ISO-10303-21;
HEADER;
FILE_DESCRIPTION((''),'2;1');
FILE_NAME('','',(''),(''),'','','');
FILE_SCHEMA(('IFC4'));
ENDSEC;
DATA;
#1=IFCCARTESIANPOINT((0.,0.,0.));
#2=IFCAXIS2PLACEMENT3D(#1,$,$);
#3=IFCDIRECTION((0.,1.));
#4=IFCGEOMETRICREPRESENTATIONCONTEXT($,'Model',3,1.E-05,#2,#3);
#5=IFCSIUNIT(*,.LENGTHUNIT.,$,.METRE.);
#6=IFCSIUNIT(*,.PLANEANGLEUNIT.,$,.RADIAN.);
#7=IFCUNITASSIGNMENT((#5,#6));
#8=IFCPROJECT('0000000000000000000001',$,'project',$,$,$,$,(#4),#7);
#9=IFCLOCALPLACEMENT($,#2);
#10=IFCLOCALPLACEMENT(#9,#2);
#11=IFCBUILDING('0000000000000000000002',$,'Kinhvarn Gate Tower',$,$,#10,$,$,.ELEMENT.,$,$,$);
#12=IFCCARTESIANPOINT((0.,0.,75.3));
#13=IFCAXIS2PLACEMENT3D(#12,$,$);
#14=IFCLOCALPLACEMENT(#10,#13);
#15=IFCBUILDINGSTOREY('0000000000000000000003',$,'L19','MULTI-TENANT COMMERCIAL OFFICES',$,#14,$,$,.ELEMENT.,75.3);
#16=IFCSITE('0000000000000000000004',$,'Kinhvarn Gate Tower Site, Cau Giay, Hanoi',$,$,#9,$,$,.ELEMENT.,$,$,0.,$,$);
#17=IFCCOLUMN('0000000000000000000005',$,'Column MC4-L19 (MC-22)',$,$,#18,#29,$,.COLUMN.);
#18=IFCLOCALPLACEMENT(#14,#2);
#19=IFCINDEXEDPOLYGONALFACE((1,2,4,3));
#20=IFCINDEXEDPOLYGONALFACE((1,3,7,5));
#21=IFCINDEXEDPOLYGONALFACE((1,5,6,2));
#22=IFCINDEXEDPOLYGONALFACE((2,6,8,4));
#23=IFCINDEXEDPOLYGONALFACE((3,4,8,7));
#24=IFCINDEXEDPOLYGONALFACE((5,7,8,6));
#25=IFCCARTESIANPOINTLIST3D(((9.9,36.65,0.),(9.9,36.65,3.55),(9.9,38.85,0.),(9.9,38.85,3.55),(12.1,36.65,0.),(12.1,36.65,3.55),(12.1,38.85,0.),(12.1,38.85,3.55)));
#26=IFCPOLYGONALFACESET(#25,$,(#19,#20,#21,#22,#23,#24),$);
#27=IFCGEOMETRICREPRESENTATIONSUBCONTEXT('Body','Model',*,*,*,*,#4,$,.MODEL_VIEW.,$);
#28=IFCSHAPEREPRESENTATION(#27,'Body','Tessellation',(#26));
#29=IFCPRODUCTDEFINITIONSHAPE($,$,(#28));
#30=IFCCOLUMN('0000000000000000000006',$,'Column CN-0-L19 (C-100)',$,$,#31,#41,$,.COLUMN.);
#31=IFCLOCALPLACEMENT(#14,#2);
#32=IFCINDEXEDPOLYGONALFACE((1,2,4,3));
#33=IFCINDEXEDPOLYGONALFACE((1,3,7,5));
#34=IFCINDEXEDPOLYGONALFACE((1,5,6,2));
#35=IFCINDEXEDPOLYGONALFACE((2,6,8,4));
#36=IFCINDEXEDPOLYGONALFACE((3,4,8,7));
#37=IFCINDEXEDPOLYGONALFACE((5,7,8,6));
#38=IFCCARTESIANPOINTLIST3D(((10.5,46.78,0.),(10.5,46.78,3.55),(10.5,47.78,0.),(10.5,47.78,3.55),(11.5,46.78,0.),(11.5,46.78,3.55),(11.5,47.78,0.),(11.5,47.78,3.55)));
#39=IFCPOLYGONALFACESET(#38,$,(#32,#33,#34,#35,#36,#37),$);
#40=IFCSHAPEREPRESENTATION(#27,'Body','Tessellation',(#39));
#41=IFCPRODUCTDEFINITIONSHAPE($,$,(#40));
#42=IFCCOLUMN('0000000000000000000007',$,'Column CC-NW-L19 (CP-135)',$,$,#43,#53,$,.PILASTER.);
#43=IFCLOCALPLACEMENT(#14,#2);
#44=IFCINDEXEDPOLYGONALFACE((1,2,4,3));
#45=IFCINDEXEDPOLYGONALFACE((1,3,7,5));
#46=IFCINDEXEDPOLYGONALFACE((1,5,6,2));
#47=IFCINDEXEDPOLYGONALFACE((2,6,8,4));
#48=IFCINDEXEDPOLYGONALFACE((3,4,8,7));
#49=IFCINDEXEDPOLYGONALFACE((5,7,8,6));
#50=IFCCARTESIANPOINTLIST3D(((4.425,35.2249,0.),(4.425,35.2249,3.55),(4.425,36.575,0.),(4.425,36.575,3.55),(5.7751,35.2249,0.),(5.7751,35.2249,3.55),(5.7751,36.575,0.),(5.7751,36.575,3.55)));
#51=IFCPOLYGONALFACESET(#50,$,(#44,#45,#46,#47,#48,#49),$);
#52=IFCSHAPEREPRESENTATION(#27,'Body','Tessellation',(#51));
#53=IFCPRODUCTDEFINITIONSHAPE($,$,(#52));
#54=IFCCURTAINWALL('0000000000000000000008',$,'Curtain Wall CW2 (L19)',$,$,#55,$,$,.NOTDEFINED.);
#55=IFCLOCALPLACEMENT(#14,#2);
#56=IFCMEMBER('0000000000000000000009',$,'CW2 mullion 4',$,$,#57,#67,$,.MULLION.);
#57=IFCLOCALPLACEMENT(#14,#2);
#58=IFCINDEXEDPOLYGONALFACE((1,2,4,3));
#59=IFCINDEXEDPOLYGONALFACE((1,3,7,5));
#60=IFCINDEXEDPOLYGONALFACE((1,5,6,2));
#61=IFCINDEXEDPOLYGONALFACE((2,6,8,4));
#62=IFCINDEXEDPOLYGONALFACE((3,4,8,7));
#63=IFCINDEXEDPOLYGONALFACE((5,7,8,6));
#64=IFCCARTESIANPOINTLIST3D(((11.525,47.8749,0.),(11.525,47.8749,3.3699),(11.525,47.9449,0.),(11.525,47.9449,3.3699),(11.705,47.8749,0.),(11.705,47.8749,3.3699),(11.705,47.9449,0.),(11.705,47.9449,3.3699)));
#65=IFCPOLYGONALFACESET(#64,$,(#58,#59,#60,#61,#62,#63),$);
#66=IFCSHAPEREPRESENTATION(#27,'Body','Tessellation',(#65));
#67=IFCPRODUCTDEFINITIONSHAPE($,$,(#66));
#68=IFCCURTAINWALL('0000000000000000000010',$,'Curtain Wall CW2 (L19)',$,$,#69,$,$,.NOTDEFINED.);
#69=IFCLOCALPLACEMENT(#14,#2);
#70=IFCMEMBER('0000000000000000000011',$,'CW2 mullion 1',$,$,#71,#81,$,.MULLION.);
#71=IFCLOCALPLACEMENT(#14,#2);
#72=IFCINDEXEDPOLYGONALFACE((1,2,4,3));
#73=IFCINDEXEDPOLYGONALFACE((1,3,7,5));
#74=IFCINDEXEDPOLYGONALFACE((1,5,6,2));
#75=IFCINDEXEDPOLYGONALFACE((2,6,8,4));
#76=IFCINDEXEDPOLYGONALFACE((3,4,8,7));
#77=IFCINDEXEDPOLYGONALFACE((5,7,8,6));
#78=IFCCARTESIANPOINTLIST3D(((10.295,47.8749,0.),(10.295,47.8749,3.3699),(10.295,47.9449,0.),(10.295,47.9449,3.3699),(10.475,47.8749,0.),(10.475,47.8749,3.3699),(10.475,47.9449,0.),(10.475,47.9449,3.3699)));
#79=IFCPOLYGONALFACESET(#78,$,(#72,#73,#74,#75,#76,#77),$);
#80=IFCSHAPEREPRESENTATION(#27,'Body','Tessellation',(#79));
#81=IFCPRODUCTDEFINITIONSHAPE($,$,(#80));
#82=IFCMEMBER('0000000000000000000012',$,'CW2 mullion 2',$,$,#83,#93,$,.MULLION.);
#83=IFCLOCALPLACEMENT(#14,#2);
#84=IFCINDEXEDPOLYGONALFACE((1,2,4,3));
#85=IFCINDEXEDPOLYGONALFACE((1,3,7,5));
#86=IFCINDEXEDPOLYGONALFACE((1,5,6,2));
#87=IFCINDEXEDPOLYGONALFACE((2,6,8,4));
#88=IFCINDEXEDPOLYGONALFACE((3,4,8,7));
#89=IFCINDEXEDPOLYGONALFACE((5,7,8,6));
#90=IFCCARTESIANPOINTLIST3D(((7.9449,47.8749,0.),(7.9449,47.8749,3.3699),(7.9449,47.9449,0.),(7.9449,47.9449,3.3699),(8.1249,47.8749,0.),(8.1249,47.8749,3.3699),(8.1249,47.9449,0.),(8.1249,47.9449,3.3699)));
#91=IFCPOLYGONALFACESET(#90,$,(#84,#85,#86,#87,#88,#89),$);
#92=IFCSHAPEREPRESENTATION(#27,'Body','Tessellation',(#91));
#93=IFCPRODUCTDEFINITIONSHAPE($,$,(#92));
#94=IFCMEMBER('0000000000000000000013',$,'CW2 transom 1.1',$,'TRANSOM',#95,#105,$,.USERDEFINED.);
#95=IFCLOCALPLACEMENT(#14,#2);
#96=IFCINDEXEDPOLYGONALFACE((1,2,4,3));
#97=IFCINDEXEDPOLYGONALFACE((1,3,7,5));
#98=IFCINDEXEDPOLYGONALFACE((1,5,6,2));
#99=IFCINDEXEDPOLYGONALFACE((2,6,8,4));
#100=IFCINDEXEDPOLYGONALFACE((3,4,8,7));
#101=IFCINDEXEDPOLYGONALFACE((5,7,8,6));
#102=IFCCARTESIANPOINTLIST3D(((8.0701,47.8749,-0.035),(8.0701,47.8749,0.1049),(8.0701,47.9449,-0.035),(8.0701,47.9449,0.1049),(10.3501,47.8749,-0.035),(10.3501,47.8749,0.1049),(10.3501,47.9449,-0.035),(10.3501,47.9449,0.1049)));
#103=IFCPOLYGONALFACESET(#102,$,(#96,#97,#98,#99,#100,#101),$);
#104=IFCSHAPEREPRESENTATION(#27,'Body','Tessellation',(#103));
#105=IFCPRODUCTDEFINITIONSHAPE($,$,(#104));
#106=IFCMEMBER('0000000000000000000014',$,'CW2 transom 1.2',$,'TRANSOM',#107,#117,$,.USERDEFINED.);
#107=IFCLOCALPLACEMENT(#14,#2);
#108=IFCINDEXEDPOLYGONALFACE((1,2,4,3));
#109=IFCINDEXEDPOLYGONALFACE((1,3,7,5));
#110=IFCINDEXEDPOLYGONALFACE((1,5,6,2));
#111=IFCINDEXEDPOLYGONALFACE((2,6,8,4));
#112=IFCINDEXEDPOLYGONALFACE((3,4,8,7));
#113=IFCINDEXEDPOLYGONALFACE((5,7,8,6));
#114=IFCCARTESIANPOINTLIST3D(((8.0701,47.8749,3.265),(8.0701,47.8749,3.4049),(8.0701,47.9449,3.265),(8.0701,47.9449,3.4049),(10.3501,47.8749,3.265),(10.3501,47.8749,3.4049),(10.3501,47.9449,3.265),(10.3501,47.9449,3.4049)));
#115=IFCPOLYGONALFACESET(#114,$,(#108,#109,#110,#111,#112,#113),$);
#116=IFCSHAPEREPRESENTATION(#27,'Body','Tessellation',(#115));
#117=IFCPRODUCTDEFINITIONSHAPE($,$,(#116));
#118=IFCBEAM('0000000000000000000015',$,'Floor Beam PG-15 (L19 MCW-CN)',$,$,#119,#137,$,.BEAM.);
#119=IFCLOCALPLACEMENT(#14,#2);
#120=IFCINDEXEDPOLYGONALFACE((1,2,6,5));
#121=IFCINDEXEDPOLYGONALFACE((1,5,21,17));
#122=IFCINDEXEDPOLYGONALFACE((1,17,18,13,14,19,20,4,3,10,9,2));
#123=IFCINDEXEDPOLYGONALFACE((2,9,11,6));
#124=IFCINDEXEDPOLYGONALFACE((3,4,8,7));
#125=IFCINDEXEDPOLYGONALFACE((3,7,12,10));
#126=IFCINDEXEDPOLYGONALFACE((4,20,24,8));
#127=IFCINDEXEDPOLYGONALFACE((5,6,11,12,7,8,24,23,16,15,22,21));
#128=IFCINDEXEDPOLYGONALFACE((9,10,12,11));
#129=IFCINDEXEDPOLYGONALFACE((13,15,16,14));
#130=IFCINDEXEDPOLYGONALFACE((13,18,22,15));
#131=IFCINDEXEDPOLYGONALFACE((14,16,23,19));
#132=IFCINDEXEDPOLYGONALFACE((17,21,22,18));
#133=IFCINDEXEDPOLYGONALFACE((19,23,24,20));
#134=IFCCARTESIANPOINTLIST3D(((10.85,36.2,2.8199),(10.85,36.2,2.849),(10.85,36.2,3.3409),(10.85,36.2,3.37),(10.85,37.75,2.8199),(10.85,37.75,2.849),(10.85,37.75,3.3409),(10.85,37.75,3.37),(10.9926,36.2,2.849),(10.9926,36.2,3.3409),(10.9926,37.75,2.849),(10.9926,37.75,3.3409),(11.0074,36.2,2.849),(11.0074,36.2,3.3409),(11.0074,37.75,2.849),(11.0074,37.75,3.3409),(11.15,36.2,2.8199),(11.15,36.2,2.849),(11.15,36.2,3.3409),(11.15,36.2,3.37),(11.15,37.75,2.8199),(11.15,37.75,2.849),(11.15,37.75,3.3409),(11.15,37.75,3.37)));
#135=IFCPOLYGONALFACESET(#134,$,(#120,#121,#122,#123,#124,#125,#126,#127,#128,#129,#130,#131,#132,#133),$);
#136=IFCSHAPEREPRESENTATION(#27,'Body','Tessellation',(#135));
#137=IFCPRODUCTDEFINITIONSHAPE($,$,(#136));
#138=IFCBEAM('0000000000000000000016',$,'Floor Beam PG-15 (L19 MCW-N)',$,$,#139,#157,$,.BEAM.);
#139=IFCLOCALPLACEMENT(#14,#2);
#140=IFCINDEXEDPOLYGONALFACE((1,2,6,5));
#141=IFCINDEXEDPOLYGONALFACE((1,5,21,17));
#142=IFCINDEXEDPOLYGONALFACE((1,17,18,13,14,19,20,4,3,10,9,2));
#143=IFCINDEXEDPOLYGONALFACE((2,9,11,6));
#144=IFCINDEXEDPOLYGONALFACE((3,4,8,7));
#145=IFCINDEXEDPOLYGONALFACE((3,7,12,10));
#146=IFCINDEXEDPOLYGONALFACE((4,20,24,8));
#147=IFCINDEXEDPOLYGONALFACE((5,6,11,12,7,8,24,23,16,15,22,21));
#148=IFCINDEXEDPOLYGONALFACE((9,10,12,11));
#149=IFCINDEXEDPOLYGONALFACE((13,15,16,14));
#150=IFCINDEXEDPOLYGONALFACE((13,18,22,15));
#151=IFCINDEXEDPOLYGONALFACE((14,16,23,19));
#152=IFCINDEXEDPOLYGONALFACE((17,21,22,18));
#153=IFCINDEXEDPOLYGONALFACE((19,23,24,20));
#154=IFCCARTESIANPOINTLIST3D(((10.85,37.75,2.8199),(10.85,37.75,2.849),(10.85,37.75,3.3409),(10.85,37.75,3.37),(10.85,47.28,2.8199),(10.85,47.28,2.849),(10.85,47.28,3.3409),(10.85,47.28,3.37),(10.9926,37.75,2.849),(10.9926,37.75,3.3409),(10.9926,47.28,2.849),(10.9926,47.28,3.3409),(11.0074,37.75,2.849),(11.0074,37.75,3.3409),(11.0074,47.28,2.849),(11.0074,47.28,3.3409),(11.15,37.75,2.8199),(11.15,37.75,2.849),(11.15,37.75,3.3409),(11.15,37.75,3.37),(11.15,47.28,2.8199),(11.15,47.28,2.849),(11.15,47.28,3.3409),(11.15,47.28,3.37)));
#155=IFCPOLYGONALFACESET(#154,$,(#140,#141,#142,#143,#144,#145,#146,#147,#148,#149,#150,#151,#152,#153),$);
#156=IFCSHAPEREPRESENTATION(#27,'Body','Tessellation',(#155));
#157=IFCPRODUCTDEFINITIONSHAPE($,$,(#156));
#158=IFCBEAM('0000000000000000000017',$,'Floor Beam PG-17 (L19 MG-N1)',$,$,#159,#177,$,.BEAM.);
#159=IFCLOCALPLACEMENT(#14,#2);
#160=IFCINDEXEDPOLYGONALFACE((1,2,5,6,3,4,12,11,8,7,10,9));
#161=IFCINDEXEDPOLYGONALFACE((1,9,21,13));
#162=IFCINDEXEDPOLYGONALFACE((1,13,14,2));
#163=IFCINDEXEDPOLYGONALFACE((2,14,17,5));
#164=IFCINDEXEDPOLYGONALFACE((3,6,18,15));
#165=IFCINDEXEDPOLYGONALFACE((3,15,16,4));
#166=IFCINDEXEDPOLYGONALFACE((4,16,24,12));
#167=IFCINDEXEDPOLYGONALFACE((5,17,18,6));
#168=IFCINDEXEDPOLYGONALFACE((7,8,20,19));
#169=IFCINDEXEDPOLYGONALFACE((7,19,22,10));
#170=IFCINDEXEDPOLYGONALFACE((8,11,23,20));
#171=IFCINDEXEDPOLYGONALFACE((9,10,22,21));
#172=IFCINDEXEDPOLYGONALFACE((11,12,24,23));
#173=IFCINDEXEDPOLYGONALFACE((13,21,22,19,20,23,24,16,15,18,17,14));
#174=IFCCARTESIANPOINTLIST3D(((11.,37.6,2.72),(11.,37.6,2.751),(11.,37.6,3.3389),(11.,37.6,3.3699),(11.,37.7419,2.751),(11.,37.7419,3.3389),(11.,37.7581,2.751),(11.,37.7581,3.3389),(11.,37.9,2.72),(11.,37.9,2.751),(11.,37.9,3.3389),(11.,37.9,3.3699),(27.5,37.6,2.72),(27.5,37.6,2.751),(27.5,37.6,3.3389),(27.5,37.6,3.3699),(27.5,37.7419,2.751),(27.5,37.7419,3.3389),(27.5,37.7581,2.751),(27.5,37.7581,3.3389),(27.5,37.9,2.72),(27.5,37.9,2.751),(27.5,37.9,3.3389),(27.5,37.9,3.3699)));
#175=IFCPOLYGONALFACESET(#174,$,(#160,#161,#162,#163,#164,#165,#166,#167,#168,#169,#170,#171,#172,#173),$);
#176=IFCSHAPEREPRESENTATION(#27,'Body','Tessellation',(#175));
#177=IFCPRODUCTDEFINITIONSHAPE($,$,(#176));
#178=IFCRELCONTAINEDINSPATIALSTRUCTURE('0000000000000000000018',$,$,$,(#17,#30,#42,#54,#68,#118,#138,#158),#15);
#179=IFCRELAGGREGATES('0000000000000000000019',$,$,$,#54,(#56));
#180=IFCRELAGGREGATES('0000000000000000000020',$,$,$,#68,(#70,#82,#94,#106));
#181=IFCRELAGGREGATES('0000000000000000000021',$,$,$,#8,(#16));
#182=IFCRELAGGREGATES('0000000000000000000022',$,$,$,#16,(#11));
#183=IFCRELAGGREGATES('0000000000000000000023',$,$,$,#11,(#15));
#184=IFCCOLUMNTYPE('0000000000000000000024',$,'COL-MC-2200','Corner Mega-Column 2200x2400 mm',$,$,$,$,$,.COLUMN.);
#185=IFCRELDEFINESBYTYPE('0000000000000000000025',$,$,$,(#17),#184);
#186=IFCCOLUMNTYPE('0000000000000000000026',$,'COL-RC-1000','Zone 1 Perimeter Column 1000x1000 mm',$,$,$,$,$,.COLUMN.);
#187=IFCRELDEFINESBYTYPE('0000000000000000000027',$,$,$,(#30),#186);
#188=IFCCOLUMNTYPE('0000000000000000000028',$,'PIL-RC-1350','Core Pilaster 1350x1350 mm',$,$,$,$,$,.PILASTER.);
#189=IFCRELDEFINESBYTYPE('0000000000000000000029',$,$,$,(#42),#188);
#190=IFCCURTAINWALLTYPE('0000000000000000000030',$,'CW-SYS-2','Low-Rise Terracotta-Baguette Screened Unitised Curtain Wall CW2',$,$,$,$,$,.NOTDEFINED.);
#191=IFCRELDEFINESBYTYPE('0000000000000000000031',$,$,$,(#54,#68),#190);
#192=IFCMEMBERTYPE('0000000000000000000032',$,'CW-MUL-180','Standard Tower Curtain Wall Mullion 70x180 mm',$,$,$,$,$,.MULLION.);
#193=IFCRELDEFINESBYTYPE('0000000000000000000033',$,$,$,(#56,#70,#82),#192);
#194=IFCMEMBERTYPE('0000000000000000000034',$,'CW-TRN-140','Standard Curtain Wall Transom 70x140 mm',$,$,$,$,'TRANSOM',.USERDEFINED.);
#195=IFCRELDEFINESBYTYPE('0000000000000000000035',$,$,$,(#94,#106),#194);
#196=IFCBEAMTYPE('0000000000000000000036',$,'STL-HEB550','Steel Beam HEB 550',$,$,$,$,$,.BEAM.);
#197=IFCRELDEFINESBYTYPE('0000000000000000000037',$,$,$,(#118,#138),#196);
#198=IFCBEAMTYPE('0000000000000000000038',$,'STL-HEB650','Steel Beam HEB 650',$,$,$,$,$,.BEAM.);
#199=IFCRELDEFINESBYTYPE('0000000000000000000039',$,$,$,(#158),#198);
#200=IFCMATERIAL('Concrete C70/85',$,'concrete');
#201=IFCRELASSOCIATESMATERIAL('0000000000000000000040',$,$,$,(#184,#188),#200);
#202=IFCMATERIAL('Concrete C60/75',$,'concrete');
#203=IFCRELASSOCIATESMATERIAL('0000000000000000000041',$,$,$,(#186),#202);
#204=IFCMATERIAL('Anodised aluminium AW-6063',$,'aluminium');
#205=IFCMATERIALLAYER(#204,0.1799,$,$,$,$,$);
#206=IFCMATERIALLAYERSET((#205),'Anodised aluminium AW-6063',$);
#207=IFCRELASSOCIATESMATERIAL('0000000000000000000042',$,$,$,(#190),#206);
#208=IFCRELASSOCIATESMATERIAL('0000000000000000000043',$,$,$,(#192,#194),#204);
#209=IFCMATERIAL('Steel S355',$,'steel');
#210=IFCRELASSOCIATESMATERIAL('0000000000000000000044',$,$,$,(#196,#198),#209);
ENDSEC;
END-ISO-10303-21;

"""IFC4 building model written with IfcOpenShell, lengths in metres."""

from ifc_helpers import new_model, si_unit, direction, frame, origin, origin_2d, place, context, subcontext, project, spatial, rectangle, i_section, extrude, material, layer, layer_set, material_profile, profile_set, type_object, element, aggregate, save


model = new_model("IFC4")

# Units and contexts
model_context = context("Model", 3, precision=1e-05, world=origin(), true_north=direction((0.0, 1.0)))
body_context = subcontext(model_context, "Body", "Model", "MODEL_VIEW")
ifc_project = project(units=[si_unit("LENGTHUNIT", "METRE"), si_unit("PLANEANGLEUNIT", "RADIAN")], contexts=[model_context])

# Site, building, storey
site_placement = place(None, origin())
site = spatial("IfcSite", under=ifc_project, at=site_placement, Name="Kinhvarn Gate Tower Site, Cau Giay, Hanoi", CompositionType="ELEMENT", RefElevation=0.0)
building_placement = place(site_placement, origin())
building = spatial("IfcBuilding", under=site, at=building_placement, Name="Kinhvarn Gate Tower", CompositionType="ELEMENT")
storey_placement = place(building_placement, frame((0.0, 0.0, 75.3)))
storey = spatial("IfcBuildingStorey", under=building, at=storey_placement, Name="L19", Description="MULTI-TENANT COMMERCIAL OFFICES", CompositionType="ELEMENT", Elevation=75.3)

# Columns
ifc_material_1 = material(Name="Concrete C70/85", Category="concrete")
ifc_material_profile_1 = material_profile(ifc_material_1, rectangle(XDim=2.2, YDim=2.2, at=origin_2d()), Name="RC 2200x2200")
ifc_profile_set_1 = profile_set([ifc_material_profile_1], Name="Concrete C70/85")
column_type_1 = type_object("IfcColumnType", Name="COL-MC-2200", Description="Corner Mega-Column 2200x2400 mm", PredefinedType="COLUMN", material=ifc_profile_set_1)
column_1_placement = place(storey_placement, frame((11.0, 37.75, 0.0), z_axis=(0.0, 0.0, 1.0), x_axis=(1.0, 0.0, 0.0)))
element("IfcColumn", 1, at=column_1_placement, inside=storey, type_object=column_type_1, Name="Column MC4-L19 (MC-22)", PredefinedType="COLUMN", context=body_context, shape_type="SweptSolid", body=[
    extrude(rectangle(XDim=2.2, YDim=2.2, at=origin_2d()), origin(), (0.0, 0.0, 1.0), 3.55),
])
ifc_material_2 = material(Name="Concrete C60/75", Category="concrete")
ifc_material_profile_2 = material_profile(ifc_material_2, rectangle(XDim=1.0, YDim=1.0, at=origin_2d()), Name="RC 1000x1000")
ifc_profile_set_2 = profile_set([ifc_material_profile_2], Name="Concrete C60/75")
column_type_2 = type_object("IfcColumnType", Name="COL-RC-1000", Description="Zone 1 Perimeter Column 1000x1000 mm", PredefinedType="COLUMN", material=ifc_profile_set_2)
column_2_placement = place(storey_placement, frame((11.0, 47.28, 0.0), z_axis=(0.0, 0.0, 1.0), x_axis=(1.0, 0.0, 0.0)))
element("IfcColumn", 2, at=column_2_placement, inside=storey, type_object=column_type_2, Name="Column CN-0-L19 (C-100)", PredefinedType="COLUMN", context=body_context, shape_type="SweptSolid", body=[
    extrude(rectangle(XDim=1.0, YDim=1.0, at=origin_2d()), origin(), (0.0, 0.0, 1.0), 3.55),
])
ifc_material_profile_3 = material_profile(ifc_material_1, rectangle(XDim=1.3501, YDim=1.3501, at=origin_2d()), Name="RC 1350x1350")
ifc_profile_set_3 = profile_set([ifc_material_profile_3], Name="Concrete C70/85")
column_type_3 = type_object("IfcColumnType", Name="PIL-RC-1350", Description="Core Pilaster 1350x1350 mm", PredefinedType="PILASTER", material=ifc_profile_set_3)
column_3_placement = place(storey_placement, frame((5.1001, 35.8999, 0.0), z_axis=(0.0, 0.0, 1.0), x_axis=(1.0, 0.0, 0.0)))
element("IfcColumn", 3, at=column_3_placement, inside=storey, type_object=column_type_3, Name="Column CC-NW-L19 (CP-135)", PredefinedType="PILASTER", context=body_context, shape_type="SweptSolid", body=[
    extrude(rectangle(XDim=1.3501, YDim=1.3501, at=origin_2d()), origin(), (0.0, 0.0, 1.0), 3.55),
])

# Curtain wall, member
ifc_material_3 = material(Name="Anodised aluminium AW-6063", Category="aluminium")
ifc_layer_1 = layer(ifc_material_3, 0.1799)
ifc_layer_set_1 = layer_set([ifc_layer_1], Name="Anodised aluminium AW-6063")
curtain_wall_type = type_object("IfcCurtainWallType", Name="CW-SYS-2", Description="Low-Rise Terracotta-Baguette Screened Unitised Curtain Wall CW2", PredefinedType="NOTDEFINED", material=ifc_layer_set_1)
curtain_wall_1_placement = place(storey_placement, origin())
curtain_wall_1 = element("IfcCurtainWall", 4, at=curtain_wall_1_placement, inside=storey, type_object=curtain_wall_type, Name="Curtain Wall CW2 (L19)", PredefinedType="NOTDEFINED")
ifc_material_profile_4 = material_profile(ifc_material_3, rectangle(XDim=0.0701, YDim=0.1799, at=origin_2d()), Name="ALU 70x180")
ifc_profile_set_4 = profile_set([ifc_material_profile_4], Name="Anodised aluminium AW-6063")
member_type_1 = type_object("IfcMemberType", Name="CW-MUL-180", Description="Standard Tower Curtain Wall Mullion 70x180 mm", PredefinedType="MULLION", material=ifc_profile_set_4)
member_1_placement = place(storey_placement, frame((11.615, 47.9099, 0.0), z_axis=(0.0, 0.0, 1.0), x_axis=(0.0, -1.0, 0.0)))
member_1 = element("IfcMember", 5, at=member_1_placement, type_object=member_type_1, Name="CW2 mullion 4", PredefinedType="MULLION", context=body_context, shape_type="SweptSolid", body=[
    extrude(rectangle(XDim=0.0701, YDim=0.1799, at=origin_2d()), origin(), (0.0, 0.0, 1.0), 3.3699),
])
aggregate(curtain_wall_1, [member_1])

# Curtain wall, members
curtain_wall_2_placement = place(storey_placement, origin())
curtain_wall_2 = element("IfcCurtainWall", 6, at=curtain_wall_2_placement, inside=storey, type_object=curtain_wall_type, Name="Curtain Wall CW2 (L19)", PredefinedType="NOTDEFINED")
member_2_placement = place(storey_placement, frame((10.385, 47.9099, 0.0), z_axis=(0.0, 0.0, 1.0), x_axis=(0.0, -1.0, 0.0)))
member_2 = element("IfcMember", 7, at=member_2_placement, type_object=member_type_1, Name="CW2 mullion 1", PredefinedType="MULLION", context=body_context, shape_type="SweptSolid", body=[
    extrude(rectangle(XDim=0.0701, YDim=0.1799, at=origin_2d()), origin(), (0.0, 0.0, 1.0), 3.3699),
])
member_3_placement = place(storey_placement, frame((8.0349, 47.9099, 0.0), z_axis=(0.0, 0.0, 1.0), x_axis=(0.0, -1.0, 0.0)))
member_3 = element("IfcMember", 8, at=member_3_placement, type_object=member_type_1, Name="CW2 mullion 2", PredefinedType="MULLION", context=body_context, shape_type="SweptSolid", body=[
    extrude(rectangle(XDim=0.0701, YDim=0.1799, at=origin_2d()), origin(), (0.0, 0.0, 1.0), 3.3699),
])
ifc_material_profile_5 = material_profile(ifc_material_3, rectangle(XDim=0.0701, YDim=0.1399, at=origin_2d()), Name="ALU 70x140")
ifc_profile_set_5 = profile_set([ifc_material_profile_5], Name="Anodised aluminium AW-6063")
member_type_2 = type_object("IfcMemberType", Name="CW-TRN-140", Description="Standard Curtain Wall Transom 70x140 mm", ElementType="TRANSOM", PredefinedType="USERDEFINED", material=ifc_profile_set_5)
member_4_placement = place(storey_placement, frame((10.3501, 47.9099, 0.0349), z_axis=(-1.0, 0.0, 0.0), x_axis=(0.0, -1.0, 0.0)))
member_4 = element("IfcMember", 9, at=member_4_placement, type_object=member_type_2, Name="CW2 transom 1.1", ObjectType="TRANSOM", PredefinedType="USERDEFINED", context=body_context, shape_type="SweptSolid", body=[
    extrude(rectangle(XDim=0.0701, YDim=0.1399, at=origin_2d()), origin(), (0.0, 0.0, 1.0), 2.28),
])
member_5_placement = place(storey_placement, frame((10.3501, 47.9099, 3.335), z_axis=(-1.0, 0.0, 0.0), x_axis=(0.0, -1.0, 0.0)))
member_5 = element("IfcMember", 10, at=member_5_placement, type_object=member_type_2, Name="CW2 transom 1.2", ObjectType="TRANSOM", PredefinedType="USERDEFINED", context=body_context, shape_type="SweptSolid", body=[
    extrude(rectangle(XDim=0.0701, YDim=0.1399, at=origin_2d()), origin(), (0.0, 0.0, 1.0), 2.28),
])

# Beams
ifc_material_4 = material(Name="Steel S355", Category="steel")
ifc_material_profile_6 = material_profile(ifc_material_4, i_section(OverallWidth=0.3, OverallDepth=0.55, WebThickness=0.0149, FlangeThickness=0.0291, at=origin_2d()), Name="HEB 550")
ifc_profile_set_6 = profile_set([ifc_material_profile_6], Name="Steel S355")
beam_type_1 = type_object("IfcBeamType", Name="STL-HEB550", Description="Steel Beam HEB 550", PredefinedType="BEAM", material=ifc_profile_set_6)
beam_1_placement = place(storey_placement, frame((11.0, 36.2, 3.095), z_axis=(0.0, 1.0, 0.0), x_axis=(-1.0, 0.0, 0.0)))
element("IfcBeam", 11, at=beam_1_placement, inside=storey, type_object=beam_type_1, Name="Floor Beam PG-15 (L19 MCW-CN)", PredefinedType="BEAM", context=body_context, shape_type="SweptSolid", body=[
    extrude(i_section(OverallWidth=0.3, OverallDepth=0.55, WebThickness=0.0149, FlangeThickness=0.0291, at=origin_2d()), origin(), (0.0, 0.0, 1.0), 1.55),
])
beam_2_placement = place(storey_placement, frame((11.0, 37.75, 3.095), z_axis=(0.0, 1.0, 0.0), x_axis=(-1.0, 0.0, 0.0)))
element("IfcBeam", 12, at=beam_2_placement, inside=storey, type_object=beam_type_1, Name="Floor Beam PG-15 (L19 MCW-N)", PredefinedType="BEAM", context=body_context, shape_type="SweptSolid", body=[
    extrude(i_section(OverallWidth=0.3, OverallDepth=0.55, WebThickness=0.0149, FlangeThickness=0.0291, at=origin_2d()), origin(), (0.0, 0.0, 1.0), 9.53),
])
ifc_material_profile_7 = material_profile(ifc_material_4, i_section(OverallWidth=0.3, OverallDepth=0.6499, WebThickness=0.0161, FlangeThickness=0.031, at=origin_2d()), Name="HEB 650")
ifc_profile_set_7 = profile_set([ifc_material_profile_7], Name="Steel S355")
beam_type_2 = type_object("IfcBeamType", Name="STL-HEB650", Description="Steel Beam HEB 650", PredefinedType="BEAM", material=ifc_profile_set_7)
beam_3_placement = place(storey_placement, frame((11.0, 37.75, 3.0449), z_axis=(1.0, 0.0, 0.0), x_axis=(0.0, 1.0, 0.0)))
element("IfcBeam", 13, at=beam_3_placement, inside=storey, type_object=beam_type_2, Name="Floor Beam PG-17 (L19 MG-N1)", PredefinedType="BEAM", context=body_context, shape_type="SweptSolid", body=[
    extrude(i_section(OverallWidth=0.3, OverallDepth=0.6499, WebThickness=0.0161, FlangeThickness=0.031, at=origin_2d()), origin(), (0.0, 0.0, 1.0), 16.5),
])

aggregate(curtain_wall_2, [member_2, member_3, member_4, member_5])

save(model, "model.ifc")
